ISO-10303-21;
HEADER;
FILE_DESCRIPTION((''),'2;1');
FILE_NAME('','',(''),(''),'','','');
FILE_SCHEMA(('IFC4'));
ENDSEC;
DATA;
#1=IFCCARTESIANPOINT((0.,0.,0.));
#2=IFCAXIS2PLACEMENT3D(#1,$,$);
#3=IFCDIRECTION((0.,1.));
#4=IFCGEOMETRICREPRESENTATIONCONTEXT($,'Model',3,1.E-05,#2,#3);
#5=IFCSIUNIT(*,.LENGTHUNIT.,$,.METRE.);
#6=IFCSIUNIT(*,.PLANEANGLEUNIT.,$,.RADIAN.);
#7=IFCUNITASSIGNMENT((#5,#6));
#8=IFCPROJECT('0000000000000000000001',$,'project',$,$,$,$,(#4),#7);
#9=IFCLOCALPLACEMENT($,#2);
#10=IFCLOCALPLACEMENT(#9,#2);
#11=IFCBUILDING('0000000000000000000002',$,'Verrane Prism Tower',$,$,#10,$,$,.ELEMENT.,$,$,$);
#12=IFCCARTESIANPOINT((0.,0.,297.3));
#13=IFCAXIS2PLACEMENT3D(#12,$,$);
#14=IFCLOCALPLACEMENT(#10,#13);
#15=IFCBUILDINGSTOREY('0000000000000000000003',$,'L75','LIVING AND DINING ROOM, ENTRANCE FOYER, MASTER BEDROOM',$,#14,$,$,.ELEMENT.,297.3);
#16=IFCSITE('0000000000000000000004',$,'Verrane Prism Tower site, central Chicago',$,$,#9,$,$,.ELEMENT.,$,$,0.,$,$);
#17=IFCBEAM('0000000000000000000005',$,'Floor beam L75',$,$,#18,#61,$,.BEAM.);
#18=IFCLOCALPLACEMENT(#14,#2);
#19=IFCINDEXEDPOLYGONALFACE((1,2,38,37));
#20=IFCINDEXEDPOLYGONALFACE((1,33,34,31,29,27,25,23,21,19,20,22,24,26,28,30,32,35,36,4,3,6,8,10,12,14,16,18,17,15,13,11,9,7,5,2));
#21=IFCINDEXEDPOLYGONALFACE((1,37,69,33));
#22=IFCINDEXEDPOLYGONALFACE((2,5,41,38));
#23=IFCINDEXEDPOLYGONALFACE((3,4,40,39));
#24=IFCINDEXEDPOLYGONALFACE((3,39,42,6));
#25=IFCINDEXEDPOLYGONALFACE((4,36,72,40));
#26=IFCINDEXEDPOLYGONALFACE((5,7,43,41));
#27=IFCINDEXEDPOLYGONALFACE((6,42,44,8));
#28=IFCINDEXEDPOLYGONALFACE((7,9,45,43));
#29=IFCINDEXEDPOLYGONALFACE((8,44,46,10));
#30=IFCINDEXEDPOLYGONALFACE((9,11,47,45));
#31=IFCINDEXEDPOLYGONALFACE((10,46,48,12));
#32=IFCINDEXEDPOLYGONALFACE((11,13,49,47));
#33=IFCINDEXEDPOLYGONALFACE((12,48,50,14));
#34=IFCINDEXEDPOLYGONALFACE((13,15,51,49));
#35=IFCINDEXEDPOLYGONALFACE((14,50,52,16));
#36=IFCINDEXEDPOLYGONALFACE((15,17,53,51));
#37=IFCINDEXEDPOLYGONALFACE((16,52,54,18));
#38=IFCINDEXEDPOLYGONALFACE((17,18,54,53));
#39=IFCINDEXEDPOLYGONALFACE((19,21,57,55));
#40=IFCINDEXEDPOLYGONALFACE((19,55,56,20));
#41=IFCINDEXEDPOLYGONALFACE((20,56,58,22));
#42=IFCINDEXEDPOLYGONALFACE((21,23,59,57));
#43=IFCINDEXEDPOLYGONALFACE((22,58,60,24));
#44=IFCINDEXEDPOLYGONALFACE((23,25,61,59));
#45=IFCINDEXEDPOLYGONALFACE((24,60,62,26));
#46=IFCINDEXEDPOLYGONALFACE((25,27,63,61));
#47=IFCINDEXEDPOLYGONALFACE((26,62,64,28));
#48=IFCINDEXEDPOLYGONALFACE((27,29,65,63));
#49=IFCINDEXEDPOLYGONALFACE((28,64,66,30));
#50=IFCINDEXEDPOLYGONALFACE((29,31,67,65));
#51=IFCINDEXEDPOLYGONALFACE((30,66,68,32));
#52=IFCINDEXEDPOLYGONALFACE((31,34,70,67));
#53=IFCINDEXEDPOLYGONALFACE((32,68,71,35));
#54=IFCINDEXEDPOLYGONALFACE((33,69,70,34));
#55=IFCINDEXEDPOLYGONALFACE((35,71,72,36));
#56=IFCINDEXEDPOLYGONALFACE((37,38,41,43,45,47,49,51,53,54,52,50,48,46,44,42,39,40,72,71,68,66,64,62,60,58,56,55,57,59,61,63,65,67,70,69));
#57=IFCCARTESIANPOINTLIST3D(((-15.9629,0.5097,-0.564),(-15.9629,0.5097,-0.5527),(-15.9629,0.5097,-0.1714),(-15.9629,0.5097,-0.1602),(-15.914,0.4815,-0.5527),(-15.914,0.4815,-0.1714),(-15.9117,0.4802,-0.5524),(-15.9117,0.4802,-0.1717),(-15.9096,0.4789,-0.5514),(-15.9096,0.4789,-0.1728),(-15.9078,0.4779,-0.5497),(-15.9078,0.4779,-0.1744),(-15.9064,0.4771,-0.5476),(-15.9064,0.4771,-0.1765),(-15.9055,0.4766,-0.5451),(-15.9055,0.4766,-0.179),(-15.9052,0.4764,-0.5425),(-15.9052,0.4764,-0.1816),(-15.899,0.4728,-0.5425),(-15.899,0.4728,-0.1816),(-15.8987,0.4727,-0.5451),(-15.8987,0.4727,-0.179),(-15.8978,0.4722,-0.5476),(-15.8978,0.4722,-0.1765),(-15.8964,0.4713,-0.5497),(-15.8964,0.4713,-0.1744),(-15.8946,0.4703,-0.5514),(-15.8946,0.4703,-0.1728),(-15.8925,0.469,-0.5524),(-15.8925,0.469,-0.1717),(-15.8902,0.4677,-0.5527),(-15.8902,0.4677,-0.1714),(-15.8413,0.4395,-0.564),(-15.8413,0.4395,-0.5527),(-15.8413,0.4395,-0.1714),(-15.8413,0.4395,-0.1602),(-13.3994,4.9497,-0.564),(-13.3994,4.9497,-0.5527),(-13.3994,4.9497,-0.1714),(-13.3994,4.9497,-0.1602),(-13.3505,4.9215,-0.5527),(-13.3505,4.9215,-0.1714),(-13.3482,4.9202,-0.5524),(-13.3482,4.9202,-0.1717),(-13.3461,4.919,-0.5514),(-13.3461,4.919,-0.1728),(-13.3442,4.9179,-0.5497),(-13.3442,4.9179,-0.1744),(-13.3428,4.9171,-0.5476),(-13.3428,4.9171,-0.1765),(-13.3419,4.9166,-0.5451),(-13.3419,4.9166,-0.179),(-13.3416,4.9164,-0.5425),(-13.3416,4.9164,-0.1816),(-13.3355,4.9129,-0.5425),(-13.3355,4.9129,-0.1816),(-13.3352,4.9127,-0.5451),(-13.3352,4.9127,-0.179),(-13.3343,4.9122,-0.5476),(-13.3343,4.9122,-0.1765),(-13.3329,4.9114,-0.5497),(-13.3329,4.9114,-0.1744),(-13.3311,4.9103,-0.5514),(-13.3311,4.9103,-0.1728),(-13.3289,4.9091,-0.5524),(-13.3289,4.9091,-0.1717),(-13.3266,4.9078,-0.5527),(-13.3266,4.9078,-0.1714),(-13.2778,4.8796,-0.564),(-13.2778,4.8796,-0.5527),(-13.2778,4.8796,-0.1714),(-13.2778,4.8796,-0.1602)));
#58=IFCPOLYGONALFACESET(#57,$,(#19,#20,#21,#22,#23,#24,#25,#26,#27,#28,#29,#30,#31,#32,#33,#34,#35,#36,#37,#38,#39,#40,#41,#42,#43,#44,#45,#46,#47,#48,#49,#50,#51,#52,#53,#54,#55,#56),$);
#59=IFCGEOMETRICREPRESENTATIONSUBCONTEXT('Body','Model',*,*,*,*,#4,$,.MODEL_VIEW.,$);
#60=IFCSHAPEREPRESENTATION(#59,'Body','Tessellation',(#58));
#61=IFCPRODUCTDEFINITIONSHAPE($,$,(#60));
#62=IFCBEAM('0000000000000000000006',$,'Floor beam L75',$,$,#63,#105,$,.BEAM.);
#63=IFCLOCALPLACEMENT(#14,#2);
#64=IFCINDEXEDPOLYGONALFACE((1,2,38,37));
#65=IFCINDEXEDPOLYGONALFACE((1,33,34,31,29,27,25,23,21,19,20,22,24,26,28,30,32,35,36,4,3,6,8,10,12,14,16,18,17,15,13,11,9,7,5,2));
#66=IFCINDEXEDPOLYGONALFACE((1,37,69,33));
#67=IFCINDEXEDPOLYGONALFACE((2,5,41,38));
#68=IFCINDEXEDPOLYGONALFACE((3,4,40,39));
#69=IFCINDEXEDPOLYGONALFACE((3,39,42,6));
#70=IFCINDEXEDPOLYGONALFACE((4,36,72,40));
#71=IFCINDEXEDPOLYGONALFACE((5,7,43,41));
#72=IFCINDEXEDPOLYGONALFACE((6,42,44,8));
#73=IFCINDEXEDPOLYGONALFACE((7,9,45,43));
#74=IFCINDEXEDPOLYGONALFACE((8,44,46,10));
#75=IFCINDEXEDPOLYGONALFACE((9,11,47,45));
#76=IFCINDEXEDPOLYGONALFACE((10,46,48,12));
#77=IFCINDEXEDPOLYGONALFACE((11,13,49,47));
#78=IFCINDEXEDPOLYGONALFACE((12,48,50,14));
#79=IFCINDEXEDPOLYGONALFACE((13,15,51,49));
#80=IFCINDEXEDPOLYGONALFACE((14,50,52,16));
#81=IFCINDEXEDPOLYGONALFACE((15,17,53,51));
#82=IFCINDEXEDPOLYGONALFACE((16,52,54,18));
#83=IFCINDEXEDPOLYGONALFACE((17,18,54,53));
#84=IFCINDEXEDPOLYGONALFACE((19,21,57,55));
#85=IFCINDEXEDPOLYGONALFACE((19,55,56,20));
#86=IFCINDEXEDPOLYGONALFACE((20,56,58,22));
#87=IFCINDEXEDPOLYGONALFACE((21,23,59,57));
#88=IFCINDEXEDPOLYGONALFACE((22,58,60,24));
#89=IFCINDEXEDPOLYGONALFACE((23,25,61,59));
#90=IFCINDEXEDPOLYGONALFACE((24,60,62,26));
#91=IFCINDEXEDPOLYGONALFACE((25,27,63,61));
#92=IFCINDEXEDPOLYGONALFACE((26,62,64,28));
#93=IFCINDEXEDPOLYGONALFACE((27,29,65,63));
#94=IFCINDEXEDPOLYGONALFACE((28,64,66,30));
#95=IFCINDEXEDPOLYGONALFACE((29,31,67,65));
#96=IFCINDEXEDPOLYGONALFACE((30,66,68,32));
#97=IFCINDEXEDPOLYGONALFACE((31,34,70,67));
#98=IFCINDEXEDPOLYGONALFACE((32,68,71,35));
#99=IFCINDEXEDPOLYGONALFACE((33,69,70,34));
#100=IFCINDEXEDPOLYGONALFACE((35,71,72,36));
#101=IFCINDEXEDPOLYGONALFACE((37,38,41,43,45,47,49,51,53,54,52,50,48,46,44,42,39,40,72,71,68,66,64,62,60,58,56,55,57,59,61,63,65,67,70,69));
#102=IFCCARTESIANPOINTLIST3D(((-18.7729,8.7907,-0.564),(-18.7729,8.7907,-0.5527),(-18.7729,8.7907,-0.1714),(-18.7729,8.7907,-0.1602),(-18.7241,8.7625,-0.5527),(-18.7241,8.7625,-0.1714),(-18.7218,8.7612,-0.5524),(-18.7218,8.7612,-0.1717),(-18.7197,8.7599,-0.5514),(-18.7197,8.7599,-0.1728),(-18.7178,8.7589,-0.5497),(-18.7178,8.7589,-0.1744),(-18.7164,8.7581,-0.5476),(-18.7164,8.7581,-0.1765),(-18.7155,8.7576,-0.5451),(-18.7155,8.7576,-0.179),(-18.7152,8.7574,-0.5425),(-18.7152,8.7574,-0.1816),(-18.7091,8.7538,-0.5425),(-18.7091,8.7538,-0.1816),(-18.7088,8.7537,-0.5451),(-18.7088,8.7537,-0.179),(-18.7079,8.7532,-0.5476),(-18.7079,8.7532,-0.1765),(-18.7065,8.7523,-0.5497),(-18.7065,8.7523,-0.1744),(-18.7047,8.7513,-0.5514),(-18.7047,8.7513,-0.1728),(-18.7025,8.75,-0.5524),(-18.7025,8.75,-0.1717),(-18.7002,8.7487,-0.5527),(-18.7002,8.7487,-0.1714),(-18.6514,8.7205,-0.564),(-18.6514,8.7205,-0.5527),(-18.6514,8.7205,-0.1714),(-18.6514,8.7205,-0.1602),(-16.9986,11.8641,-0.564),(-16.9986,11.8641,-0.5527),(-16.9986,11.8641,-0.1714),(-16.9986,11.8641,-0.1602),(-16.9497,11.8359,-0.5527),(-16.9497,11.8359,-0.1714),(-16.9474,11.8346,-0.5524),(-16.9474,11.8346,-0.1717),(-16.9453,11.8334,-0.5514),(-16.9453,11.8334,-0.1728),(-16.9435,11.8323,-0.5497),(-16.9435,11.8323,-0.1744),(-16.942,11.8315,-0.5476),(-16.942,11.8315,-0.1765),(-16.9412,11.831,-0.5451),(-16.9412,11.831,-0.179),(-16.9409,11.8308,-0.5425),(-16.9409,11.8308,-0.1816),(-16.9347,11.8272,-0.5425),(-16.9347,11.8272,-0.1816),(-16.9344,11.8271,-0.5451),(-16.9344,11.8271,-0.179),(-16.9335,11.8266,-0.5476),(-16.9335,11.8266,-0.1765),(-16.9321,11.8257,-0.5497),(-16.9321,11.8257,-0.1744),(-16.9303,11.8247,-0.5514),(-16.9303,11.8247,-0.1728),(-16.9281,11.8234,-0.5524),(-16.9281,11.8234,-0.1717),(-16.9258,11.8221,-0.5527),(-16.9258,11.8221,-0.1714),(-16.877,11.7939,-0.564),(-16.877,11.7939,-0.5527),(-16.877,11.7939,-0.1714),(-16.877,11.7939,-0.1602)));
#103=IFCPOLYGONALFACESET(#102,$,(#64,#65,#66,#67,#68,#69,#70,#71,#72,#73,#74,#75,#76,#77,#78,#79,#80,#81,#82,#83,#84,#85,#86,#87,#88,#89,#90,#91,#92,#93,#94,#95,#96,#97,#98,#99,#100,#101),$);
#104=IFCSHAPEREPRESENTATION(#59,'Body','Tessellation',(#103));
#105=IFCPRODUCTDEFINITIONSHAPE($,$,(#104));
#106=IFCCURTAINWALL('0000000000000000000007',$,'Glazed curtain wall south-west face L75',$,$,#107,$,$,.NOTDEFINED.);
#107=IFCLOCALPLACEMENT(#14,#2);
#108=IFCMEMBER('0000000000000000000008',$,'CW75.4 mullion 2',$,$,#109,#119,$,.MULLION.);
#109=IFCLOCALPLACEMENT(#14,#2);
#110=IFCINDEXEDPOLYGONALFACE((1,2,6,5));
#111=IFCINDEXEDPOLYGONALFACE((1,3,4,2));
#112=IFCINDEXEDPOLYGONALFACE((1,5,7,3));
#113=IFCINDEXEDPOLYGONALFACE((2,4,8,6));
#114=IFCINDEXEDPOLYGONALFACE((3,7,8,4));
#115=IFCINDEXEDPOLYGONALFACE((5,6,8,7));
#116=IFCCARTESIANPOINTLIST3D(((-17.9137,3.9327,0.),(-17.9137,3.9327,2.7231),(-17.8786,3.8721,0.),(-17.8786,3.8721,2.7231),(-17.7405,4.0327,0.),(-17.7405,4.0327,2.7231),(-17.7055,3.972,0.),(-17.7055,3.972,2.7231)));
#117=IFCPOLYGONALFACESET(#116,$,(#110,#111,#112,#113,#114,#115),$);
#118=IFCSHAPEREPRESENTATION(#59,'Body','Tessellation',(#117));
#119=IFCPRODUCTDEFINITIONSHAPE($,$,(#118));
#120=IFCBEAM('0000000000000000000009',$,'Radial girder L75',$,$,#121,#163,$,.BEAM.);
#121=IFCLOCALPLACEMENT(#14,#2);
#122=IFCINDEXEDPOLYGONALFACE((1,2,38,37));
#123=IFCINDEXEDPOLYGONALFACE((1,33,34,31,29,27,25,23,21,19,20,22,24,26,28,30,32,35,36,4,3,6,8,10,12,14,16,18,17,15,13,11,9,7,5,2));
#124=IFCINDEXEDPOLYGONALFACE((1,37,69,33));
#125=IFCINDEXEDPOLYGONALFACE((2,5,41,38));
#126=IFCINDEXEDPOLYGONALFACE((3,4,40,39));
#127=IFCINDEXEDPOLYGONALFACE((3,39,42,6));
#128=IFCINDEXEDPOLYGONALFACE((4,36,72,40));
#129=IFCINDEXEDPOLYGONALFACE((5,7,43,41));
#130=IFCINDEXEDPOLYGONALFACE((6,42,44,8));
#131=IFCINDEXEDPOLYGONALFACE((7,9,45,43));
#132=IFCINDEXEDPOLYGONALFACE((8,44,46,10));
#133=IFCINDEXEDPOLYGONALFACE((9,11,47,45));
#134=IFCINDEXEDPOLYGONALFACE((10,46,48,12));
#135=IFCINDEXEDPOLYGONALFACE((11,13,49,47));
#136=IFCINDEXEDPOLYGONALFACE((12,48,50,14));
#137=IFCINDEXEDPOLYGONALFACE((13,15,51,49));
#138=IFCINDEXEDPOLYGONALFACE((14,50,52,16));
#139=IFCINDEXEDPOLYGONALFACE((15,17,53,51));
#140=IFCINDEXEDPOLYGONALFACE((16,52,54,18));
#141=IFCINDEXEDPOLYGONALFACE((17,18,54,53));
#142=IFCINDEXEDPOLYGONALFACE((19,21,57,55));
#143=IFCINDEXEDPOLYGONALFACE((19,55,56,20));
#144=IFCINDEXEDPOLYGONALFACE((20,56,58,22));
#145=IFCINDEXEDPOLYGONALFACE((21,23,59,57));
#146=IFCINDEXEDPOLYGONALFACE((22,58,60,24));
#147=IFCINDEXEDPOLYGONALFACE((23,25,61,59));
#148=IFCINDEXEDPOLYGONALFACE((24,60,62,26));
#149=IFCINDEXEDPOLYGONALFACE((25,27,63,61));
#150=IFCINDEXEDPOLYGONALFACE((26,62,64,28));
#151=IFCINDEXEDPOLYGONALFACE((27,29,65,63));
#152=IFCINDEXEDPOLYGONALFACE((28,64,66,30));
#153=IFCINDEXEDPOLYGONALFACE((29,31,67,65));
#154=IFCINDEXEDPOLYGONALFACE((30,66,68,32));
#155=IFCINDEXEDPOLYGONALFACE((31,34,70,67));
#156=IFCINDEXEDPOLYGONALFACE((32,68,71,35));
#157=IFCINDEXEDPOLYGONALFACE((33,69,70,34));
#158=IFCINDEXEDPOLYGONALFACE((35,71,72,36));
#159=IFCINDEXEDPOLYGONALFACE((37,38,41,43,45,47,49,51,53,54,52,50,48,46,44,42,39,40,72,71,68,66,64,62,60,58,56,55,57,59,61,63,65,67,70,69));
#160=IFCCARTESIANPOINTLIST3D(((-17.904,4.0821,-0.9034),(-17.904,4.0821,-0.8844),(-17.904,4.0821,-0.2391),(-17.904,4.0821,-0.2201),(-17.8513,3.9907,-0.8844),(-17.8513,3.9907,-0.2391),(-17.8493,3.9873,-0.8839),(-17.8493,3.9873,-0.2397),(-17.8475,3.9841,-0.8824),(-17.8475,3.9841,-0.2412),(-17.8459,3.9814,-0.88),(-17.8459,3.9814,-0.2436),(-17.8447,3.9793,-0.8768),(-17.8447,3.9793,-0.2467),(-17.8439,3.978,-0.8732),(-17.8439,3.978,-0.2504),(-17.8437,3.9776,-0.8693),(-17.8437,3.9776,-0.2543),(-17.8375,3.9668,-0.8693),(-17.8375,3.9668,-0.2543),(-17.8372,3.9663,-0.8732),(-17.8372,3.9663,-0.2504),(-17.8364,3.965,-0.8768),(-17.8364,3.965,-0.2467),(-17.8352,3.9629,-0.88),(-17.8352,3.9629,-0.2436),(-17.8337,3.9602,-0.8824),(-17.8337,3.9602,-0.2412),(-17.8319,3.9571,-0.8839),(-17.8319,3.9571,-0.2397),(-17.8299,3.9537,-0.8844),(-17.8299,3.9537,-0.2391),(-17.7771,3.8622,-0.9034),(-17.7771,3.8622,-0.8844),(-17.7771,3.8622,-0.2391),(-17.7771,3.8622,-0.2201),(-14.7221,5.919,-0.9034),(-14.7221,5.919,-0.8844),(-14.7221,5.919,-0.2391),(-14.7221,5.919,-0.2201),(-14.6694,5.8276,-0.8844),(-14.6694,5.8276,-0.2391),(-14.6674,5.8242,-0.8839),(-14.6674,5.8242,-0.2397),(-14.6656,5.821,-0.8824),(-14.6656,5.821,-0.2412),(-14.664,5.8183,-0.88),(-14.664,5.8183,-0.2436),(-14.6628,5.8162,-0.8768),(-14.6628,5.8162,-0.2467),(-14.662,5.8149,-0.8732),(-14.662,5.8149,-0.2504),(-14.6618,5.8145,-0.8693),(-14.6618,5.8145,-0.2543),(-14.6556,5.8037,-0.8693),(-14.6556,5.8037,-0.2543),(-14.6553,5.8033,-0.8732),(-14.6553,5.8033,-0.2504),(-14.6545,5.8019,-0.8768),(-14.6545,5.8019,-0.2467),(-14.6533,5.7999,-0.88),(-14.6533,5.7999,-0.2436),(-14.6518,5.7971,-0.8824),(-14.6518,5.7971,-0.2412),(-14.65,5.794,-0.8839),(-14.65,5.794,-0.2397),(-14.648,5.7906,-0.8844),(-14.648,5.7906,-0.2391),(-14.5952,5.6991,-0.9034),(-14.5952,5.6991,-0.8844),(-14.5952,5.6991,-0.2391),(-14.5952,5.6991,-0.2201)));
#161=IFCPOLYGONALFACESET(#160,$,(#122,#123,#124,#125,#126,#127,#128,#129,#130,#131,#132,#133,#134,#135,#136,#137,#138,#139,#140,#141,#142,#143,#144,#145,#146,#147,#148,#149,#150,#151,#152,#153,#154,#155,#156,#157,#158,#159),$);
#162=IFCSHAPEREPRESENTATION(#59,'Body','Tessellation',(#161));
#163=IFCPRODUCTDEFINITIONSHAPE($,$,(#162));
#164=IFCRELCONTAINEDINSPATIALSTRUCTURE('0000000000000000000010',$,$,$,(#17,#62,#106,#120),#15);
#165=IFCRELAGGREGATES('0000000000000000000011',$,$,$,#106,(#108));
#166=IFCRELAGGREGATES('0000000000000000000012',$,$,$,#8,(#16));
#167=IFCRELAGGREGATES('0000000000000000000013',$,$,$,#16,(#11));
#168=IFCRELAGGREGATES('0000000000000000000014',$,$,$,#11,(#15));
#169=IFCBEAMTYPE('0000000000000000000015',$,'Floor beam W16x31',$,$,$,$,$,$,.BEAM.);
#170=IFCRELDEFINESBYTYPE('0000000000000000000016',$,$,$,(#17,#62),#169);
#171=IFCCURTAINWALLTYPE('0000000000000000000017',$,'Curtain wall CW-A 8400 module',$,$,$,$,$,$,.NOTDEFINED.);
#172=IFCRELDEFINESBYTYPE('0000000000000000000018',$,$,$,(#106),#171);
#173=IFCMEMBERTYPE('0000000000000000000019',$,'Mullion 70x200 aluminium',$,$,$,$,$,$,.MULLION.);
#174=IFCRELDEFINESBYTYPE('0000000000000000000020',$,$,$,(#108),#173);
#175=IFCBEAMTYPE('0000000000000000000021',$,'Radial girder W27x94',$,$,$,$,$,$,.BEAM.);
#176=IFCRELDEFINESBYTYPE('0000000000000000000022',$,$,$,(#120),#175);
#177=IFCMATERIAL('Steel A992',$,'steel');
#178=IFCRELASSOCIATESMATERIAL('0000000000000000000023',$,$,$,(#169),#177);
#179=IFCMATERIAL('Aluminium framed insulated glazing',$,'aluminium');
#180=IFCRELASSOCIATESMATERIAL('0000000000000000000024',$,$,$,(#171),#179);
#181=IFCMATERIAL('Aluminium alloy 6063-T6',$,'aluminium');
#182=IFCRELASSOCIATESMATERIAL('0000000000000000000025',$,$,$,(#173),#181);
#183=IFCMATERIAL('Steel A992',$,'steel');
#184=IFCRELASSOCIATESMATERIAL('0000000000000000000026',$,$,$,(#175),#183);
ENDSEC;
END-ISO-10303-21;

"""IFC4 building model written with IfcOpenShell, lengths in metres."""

from ifc_helpers import new_model, si_unit, direction, frame, origin, origin_2d, place, context, subcontext, project, spatial, rectangle, i_section, extrude, material, material_profile, profile_set, type_object, element, aggregate, save


model = new_model("IFC4")

# Units and contexts
model_context = context("Model", 3, precision=1e-05, world=origin(), true_north=direction((0.0, 1.0)))
body_context = subcontext(model_context, "Body", "Model", "MODEL_VIEW")
ifc_project = project(units=[si_unit("LENGTHUNIT", "METRE"), si_unit("PLANEANGLEUNIT", "RADIAN")], contexts=[model_context])

# Site, building, storey
site_placement = place(None, origin())
site = spatial("IfcSite", under=ifc_project, at=site_placement, Name="Verrane Prism Tower site, central Chicago", CompositionType="ELEMENT", RefElevation=0.0)
building_placement = place(site_placement, origin())
building = spatial("IfcBuilding", under=site, at=building_placement, Name="Verrane Prism Tower", CompositionType="ELEMENT")
storey_placement = place(building_placement, frame((0.0, 0.0, 297.3)))
storey = spatial("IfcBuildingStorey", under=building, at=storey_placement, Name="L75", Description="LIVING AND DINING ROOM, ENTRANCE FOYER, MASTER BEDROOM", CompositionType="ELEMENT", Elevation=297.3)

# Beams
ifc_material_1 = material(Name="Steel A992", Category="steel")
ifc_material_profile_1 = material_profile(ifc_material_1, i_section(OverallWidth=0.1404, OverallDepth=0.4038, WebThickness=0.0071, FlangeThickness=0.0112, FilletRadius=0.0103, at=origin_2d()), Name="W16x31")
ifc_profile_set_1 = profile_set([ifc_material_profile_1], Name="Steel A992")
beam_type_1 = type_object("IfcBeamType", Name="Floor beam W16x31", PredefinedType="BEAM", material=ifc_profile_set_1)
beam_1_placement = place(storey_placement, frame((-15.9021, 0.4746, -0.3621), z_axis=(0.500011, 0.866019, 0.0), x_axis=(-0.866019, 0.500011, 0.0)))
element("IfcBeam", 1, at=beam_1_placement, inside=storey, type_object=beam_type_1, Name="Floor beam L75", PredefinedType="BEAM", context=body_context, shape_type="SweptSolid", body=[
    extrude(i_section(OverallWidth=0.1404, OverallDepth=0.4038, WebThickness=0.0071, FlangeThickness=0.0112, FilletRadius=0.0103, at=origin_2d()), origin(), (0.0, 0.0, 1.0), 5.127),
])
beam_2_placement = place(storey_placement, frame((-18.7122, 8.7556, -0.3621), z_axis=(0.499986, 0.866033, 0.0), x_axis=(-0.866033, 0.499986, 0.0)))
element("IfcBeam", 2, at=beam_2_placement, inside=storey, type_object=beam_type_1, Name="Floor beam L75", PredefinedType="BEAM", context=body_context, shape_type="SweptSolid", body=[
    extrude(i_section(OverallWidth=0.1404, OverallDepth=0.4038, WebThickness=0.0071, FlangeThickness=0.0112, FilletRadius=0.0103, at=origin_2d()), origin(), (0.0, 0.0, 1.0), 3.5488),
])

# Curtain wall, member
ifc_material_2 = material(Name="Aluminium framed insulated glazing", Category="aluminium")
curtain_wall_type = type_object("IfcCurtainWallType", Name="Curtain wall CW-A 8400 module", PredefinedType="NOTDEFINED", material=ifc_material_2)
curtain_wall_placement = place(storey_placement, origin())
curtain_wall = element("IfcCurtainWall", 3, at=curtain_wall_placement, inside=storey, type_object=curtain_wall_type, Name="Glazed curtain wall south-west face L75", PredefinedType="NOTDEFINED")
ifc_material_3 = material(Name="Aluminium alloy 6063-T6", Category="aluminium")
ifc_material_profile_2 = material_profile(ifc_material_3, rectangle(XDim=0.2, YDim=0.0701, at=origin_2d()), Name="Mullion 70x200 aluminium")
ifc_profile_set_2 = profile_set([ifc_material_profile_2], Name="Aluminium alloy 6063-T6")
member_type_1 = type_object("IfcMemberType", Name="Mullion 70x200 aluminium", PredefinedType="MULLION", material=ifc_profile_set_2)
member_1_placement = place(storey_placement, frame((-17.8096, 3.9524, 0.0), z_axis=(0.0, 0.0, 1.0), x_axis=(0.866025, 0.500001, 0.0)))
member_1 = element("IfcMember", 4, at=member_1_placement, type_object=member_type_1, Name="CW75.4 mullion 2", PredefinedType="MULLION", context=body_context, shape_type="SweptSolid", body=[
    extrude(rectangle(XDim=0.2, YDim=0.0701, at=origin_2d()), origin(), (0.0, 0.0, 1.0), 2.7231),
])

# Beam
ifc_material_4 = material(Name="Steel A992", Category="steel")
ifc_material_profile_3 = material_profile(ifc_material_4, i_section(OverallWidth=0.2539, OverallDepth=0.6833, WebThickness=0.0125, FlangeThickness=0.019, FilletRadius=0.0151, at=origin_2d()), Name="W27x94")
ifc_profile_set_3 = profile_set([ifc_material_profile_3], Name="Steel A992")
beam_type_2 = type_object("IfcBeamType", Name="Radial girder W27x94", PredefinedType="BEAM", material=ifc_profile_set_3)
beam_3_placement = place(storey_placement, frame((-17.8406, 3.9722, -0.5618), z_axis=(0.866043, 0.49997, 0.0), x_axis=(-0.49997, 0.866043, 0.0)))
element("IfcBeam", 5, at=beam_3_placement, inside=storey, type_object=beam_type_2, Name="Radial girder L75", PredefinedType="BEAM", context=body_context, shape_type="SweptSolid", body=[
    extrude(i_section(OverallWidth=0.2539, OverallDepth=0.6833, WebThickness=0.0125, FlangeThickness=0.019, FilletRadius=0.0151, at=origin_2d()), origin(), (0.0, 0.0, 1.0), 3.6741),
])

aggregate(curtain_wall, [member_1])

save(model, "model.ifc")
